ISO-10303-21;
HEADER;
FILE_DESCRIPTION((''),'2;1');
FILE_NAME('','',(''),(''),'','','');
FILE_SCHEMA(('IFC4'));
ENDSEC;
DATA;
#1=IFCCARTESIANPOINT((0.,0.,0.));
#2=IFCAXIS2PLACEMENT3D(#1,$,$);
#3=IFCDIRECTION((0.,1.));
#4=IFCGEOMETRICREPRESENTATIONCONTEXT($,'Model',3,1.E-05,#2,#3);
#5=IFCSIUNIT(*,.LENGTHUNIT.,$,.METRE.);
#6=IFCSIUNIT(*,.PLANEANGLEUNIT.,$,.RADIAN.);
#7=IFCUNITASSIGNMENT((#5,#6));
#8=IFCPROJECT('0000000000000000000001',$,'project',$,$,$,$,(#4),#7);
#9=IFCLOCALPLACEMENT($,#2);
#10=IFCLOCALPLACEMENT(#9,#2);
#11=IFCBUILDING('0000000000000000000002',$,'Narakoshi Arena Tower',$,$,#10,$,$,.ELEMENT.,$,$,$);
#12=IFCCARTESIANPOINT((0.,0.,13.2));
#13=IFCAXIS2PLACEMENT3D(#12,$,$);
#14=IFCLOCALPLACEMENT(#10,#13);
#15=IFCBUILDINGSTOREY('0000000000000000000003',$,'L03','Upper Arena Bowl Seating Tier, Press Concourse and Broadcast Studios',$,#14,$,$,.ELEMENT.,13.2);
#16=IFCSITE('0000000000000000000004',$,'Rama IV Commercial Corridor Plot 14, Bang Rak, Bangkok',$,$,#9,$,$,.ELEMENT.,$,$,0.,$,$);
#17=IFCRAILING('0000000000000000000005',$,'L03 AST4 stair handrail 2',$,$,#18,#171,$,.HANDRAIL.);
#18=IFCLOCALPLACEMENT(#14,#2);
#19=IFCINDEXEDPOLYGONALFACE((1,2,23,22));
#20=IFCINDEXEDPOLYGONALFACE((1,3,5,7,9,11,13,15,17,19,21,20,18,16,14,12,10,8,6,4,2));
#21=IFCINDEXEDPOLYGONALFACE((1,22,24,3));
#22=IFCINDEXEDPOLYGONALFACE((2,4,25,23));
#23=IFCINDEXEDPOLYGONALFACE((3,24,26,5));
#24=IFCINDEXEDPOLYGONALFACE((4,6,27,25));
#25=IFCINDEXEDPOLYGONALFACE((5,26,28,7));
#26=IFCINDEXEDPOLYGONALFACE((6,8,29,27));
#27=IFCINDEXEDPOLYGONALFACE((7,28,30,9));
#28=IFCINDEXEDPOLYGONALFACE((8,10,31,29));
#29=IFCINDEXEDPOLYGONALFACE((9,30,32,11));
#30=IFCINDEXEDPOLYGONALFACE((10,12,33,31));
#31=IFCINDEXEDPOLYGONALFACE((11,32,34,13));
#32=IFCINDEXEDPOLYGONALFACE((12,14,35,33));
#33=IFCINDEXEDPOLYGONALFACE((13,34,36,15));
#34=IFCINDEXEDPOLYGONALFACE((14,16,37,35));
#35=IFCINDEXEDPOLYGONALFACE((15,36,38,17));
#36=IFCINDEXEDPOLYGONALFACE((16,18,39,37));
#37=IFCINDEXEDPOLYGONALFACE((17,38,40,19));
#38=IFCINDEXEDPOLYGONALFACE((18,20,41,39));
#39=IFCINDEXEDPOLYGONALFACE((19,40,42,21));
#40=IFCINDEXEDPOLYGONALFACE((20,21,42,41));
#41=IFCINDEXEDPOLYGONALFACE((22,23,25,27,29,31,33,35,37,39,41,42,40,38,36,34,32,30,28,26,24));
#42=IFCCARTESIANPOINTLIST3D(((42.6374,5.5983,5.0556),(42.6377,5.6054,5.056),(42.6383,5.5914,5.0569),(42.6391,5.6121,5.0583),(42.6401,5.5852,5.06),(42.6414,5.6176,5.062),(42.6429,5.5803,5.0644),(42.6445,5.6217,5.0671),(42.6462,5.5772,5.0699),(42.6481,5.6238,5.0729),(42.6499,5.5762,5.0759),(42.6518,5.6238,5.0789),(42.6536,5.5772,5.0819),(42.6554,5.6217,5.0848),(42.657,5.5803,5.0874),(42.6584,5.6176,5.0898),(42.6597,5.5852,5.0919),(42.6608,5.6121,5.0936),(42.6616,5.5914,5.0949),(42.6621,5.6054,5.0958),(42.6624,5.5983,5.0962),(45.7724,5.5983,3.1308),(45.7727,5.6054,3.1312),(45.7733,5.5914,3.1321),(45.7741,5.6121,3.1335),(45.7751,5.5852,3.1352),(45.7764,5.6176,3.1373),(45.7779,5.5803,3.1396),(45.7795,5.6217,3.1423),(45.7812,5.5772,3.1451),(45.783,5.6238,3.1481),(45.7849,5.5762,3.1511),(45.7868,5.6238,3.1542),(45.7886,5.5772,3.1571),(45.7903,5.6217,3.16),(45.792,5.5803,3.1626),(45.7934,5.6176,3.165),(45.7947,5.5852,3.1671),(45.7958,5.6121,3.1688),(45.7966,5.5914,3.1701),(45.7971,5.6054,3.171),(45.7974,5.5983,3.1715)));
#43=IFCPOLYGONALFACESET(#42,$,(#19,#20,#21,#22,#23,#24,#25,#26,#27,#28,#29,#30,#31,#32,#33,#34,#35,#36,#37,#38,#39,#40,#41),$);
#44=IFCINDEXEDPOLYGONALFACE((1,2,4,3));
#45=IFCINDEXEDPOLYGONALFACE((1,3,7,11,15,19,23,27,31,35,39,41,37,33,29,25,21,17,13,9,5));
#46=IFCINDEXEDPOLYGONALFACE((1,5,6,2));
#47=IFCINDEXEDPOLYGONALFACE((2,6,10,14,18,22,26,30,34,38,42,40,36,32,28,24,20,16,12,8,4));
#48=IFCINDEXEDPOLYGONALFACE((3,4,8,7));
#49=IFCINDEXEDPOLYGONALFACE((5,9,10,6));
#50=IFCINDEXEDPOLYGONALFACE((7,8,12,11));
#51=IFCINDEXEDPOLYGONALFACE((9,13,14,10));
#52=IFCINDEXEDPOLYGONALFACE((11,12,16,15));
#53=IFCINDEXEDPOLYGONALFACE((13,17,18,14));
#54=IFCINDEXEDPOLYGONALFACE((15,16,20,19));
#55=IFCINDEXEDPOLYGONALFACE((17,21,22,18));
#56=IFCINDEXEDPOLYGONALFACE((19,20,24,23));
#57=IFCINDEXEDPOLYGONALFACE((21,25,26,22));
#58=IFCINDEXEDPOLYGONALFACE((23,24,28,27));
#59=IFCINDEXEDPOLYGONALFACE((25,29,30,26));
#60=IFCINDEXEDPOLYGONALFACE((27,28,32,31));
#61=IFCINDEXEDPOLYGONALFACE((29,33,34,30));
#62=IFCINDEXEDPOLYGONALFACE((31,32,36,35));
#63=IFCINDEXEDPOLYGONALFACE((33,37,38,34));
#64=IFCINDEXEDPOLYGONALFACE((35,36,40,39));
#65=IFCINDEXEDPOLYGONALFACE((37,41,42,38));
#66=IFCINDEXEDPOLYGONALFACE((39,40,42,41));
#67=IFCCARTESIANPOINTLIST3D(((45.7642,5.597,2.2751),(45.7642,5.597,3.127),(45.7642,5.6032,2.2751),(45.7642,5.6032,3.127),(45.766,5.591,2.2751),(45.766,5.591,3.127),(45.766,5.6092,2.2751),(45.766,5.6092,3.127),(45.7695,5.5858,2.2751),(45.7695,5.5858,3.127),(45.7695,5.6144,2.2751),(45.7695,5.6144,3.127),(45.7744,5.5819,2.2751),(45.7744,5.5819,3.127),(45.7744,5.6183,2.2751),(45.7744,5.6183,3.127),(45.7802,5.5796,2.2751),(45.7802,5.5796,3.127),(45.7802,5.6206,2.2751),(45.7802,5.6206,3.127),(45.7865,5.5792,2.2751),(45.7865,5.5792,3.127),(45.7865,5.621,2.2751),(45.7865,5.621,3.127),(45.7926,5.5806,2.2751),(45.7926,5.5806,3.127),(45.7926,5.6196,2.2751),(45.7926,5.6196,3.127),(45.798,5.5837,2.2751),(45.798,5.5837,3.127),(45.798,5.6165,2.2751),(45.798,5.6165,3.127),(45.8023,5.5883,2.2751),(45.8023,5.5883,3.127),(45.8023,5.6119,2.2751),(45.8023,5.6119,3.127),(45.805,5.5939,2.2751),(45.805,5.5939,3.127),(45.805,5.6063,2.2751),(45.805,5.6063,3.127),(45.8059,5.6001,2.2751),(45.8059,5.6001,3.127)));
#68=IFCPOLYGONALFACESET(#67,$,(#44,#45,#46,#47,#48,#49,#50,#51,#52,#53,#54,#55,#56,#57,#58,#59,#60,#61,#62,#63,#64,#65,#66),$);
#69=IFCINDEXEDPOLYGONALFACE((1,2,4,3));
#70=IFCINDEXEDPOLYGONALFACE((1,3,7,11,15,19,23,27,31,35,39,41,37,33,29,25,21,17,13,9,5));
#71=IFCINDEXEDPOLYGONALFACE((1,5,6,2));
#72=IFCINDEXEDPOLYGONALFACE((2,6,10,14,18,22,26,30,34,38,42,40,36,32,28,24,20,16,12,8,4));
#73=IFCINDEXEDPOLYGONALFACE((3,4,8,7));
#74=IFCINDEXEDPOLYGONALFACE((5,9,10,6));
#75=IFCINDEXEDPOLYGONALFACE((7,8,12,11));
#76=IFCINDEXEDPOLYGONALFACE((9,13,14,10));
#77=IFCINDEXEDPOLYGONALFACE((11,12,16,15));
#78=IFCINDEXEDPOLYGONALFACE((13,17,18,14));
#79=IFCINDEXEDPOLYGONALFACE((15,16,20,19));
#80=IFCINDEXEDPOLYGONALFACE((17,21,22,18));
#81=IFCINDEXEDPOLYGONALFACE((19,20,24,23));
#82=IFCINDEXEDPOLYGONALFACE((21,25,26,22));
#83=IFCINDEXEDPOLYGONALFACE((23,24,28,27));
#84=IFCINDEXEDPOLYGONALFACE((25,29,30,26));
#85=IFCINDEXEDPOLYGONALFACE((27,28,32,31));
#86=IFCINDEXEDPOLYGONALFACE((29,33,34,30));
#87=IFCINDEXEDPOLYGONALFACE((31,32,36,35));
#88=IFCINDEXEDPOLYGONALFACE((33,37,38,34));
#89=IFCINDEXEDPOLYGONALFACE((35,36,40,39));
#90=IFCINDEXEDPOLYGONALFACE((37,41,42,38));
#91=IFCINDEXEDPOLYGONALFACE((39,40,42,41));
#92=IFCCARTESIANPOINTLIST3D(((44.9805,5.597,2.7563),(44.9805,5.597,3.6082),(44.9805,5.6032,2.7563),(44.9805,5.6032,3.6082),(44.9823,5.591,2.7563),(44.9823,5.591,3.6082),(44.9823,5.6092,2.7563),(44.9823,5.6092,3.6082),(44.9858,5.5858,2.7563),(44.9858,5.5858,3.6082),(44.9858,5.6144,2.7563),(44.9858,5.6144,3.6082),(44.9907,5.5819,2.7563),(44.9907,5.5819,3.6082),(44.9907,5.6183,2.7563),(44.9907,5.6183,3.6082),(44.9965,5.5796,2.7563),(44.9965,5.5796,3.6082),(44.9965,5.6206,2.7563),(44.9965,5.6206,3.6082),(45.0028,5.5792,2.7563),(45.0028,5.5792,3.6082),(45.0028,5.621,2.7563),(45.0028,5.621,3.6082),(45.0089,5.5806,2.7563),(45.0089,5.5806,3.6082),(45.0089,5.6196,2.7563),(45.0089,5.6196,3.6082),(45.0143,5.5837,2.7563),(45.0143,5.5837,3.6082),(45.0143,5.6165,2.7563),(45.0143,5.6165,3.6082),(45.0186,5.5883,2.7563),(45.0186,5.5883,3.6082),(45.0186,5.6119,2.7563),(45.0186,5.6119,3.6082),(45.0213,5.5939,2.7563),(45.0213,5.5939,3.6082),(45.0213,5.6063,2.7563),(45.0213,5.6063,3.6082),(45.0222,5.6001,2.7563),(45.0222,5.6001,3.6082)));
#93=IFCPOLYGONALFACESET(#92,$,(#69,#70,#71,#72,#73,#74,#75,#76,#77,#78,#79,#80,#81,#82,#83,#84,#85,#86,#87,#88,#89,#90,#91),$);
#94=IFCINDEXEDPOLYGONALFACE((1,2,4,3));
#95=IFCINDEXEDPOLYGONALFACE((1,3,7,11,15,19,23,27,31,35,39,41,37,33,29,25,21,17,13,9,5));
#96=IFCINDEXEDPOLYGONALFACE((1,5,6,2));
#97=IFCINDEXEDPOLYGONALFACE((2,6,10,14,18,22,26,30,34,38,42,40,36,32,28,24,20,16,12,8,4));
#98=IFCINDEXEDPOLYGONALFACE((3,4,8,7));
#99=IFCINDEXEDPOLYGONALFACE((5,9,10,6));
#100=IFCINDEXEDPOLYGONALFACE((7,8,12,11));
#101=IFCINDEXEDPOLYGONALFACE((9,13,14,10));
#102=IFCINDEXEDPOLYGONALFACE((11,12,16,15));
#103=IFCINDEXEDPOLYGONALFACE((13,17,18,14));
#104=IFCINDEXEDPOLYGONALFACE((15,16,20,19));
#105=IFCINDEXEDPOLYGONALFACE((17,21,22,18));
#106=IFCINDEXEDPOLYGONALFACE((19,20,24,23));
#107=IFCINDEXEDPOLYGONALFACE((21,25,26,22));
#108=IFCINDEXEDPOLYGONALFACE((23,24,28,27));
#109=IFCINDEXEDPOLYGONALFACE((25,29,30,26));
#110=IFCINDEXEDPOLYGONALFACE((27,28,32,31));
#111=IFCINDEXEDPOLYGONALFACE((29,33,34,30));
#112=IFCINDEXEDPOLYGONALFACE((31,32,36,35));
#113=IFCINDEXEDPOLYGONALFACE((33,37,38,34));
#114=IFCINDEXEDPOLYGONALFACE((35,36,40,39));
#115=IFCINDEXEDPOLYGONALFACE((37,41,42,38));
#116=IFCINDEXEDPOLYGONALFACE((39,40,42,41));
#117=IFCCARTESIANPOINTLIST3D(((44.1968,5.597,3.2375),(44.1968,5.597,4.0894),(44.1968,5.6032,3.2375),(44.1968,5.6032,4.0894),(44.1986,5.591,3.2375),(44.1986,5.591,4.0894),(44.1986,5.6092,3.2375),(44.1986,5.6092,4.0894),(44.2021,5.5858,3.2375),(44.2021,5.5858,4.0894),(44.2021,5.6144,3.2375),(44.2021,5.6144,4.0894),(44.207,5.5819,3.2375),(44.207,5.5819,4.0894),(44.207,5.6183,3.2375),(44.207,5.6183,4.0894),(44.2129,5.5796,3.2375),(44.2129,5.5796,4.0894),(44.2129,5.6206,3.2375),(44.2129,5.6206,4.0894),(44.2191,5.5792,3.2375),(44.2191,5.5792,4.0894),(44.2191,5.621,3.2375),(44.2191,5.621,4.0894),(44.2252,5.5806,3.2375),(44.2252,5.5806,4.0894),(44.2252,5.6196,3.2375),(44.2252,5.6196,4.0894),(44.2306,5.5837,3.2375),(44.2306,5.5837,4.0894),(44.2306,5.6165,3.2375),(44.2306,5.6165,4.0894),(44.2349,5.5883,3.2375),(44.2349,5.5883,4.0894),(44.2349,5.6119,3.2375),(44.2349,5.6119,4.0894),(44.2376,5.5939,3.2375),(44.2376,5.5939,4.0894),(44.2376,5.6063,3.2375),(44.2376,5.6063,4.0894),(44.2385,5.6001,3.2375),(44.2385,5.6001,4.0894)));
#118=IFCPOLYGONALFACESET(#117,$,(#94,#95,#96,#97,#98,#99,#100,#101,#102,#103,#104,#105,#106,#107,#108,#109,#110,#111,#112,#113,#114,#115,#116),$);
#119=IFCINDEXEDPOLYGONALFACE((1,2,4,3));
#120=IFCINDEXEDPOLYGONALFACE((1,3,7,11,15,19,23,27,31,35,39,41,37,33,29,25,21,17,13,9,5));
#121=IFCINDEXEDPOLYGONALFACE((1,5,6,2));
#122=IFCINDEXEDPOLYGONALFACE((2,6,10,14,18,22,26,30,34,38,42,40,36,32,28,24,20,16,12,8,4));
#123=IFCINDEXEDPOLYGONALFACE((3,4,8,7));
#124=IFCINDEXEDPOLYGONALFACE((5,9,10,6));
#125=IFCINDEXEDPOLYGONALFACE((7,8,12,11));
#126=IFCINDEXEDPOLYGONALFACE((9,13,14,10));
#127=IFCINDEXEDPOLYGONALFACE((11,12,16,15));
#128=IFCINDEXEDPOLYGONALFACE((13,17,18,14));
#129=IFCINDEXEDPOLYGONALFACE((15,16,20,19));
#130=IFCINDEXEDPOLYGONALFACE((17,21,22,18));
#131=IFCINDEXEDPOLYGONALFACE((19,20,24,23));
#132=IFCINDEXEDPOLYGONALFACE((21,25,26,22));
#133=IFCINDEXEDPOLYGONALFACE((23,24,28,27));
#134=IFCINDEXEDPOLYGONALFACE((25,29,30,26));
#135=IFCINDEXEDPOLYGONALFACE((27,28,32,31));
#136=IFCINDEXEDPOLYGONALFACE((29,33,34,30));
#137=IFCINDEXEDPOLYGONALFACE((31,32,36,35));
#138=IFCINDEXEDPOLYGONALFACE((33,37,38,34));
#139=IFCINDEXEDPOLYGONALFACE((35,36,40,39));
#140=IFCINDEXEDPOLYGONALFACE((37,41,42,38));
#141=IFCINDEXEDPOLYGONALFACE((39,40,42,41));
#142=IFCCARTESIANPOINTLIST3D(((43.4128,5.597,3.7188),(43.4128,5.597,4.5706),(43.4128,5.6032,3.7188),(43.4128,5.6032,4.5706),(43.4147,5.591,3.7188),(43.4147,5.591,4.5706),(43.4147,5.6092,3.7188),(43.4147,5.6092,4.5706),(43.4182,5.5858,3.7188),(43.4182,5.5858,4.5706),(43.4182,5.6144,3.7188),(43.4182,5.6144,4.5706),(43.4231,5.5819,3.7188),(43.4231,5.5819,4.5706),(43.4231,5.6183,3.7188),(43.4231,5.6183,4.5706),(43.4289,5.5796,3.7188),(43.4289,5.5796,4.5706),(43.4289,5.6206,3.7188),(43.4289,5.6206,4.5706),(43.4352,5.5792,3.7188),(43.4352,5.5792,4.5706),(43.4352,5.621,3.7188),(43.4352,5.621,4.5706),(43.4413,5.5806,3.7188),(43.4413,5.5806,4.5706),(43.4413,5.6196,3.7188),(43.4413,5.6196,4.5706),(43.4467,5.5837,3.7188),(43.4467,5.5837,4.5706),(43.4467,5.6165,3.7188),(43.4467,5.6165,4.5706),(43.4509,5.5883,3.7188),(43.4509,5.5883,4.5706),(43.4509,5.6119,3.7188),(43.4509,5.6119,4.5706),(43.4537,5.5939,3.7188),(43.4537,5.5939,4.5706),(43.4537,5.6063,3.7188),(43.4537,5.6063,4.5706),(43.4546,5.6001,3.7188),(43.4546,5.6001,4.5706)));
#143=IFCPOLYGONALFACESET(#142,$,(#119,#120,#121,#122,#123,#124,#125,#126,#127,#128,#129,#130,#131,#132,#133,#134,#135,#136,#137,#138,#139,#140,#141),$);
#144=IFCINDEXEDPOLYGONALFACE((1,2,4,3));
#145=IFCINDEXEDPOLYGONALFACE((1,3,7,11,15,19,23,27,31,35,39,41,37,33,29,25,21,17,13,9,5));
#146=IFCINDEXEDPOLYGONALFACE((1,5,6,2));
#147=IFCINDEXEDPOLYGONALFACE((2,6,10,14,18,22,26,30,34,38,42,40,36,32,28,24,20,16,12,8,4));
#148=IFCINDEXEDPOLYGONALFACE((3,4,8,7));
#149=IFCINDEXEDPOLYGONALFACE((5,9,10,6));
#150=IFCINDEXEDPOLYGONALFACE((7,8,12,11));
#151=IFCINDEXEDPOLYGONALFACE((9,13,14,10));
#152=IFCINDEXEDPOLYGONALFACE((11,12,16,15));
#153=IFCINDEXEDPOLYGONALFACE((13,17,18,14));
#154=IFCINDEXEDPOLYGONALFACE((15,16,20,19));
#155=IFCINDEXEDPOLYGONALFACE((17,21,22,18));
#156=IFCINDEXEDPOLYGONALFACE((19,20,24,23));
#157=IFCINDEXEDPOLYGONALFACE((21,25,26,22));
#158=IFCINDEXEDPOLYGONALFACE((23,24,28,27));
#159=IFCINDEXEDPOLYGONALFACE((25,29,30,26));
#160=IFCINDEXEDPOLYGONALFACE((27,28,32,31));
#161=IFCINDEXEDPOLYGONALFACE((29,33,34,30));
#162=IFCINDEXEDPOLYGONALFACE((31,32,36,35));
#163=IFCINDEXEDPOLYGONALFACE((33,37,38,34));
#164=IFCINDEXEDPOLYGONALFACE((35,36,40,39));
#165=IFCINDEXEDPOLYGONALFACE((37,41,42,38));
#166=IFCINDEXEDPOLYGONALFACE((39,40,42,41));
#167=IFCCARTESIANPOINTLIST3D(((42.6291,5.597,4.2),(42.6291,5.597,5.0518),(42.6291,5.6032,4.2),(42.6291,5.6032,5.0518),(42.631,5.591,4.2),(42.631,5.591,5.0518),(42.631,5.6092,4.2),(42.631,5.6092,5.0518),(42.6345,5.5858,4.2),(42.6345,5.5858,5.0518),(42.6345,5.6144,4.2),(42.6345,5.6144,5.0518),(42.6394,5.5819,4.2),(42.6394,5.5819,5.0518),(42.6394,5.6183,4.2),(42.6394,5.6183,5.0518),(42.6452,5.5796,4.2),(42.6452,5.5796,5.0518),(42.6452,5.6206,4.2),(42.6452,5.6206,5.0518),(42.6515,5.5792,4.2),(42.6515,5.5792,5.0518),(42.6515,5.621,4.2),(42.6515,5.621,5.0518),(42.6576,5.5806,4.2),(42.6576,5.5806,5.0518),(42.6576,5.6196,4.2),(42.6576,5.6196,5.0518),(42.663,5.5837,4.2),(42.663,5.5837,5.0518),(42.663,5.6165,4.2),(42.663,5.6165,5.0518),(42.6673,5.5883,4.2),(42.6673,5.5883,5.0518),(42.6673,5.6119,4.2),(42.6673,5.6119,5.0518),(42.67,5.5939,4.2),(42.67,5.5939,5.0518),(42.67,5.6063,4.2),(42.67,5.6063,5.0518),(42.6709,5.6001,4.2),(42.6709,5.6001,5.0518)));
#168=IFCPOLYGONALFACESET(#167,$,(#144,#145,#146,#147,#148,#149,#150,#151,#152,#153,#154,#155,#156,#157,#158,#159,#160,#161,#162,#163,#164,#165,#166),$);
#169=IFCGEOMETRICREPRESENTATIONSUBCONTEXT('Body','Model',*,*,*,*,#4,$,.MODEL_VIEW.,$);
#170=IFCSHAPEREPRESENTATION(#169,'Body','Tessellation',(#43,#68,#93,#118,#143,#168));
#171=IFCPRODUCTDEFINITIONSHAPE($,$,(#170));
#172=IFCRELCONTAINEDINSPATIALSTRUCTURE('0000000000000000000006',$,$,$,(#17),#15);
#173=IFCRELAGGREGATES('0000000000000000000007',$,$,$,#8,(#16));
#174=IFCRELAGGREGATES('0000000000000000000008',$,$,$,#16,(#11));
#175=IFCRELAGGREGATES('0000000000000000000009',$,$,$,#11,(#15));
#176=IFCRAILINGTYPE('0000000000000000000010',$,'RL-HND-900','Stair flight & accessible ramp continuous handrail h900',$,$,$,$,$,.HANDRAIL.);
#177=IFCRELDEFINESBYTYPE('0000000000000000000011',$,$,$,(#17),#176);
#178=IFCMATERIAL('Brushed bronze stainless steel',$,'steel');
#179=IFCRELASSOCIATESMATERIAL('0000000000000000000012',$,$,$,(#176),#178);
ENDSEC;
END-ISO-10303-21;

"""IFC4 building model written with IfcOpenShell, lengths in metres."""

from ifc_helpers import new_model, si_unit, direction, frame, origin, origin_2d, place, context, subcontext, project, spatial, circle, extrude, material, type_object, element, save


model = new_model("IFC4")

# Units and contexts
model_context = context("Model", 3, precision=1e-05, world=origin(), true_north=direction((0.0, 1.0)))
body_context = subcontext(model_context, "Body", "Model", "MODEL_VIEW")
ifc_project = project(units=[si_unit("LENGTHUNIT", "METRE"), si_unit("PLANEANGLEUNIT", "RADIAN")], contexts=[model_context])

# Site, building, storey
site_placement = place(None, origin())
site = spatial("IfcSite", under=ifc_project, at=site_placement, Name="Rama IV Commercial Corridor Plot 14, Bang Rak, Bangkok", CompositionType="ELEMENT", RefElevation=0.0)
building_placement = place(site_placement, origin())
building = spatial("IfcBuilding", under=site, at=building_placement, Name="Narakoshi Arena Tower", CompositionType="ELEMENT")
storey_placement = place(building_placement, frame((0.0, 0.0, 13.2)))
storey = spatial("IfcBuildingStorey", under=building, at=storey_placement, Name="L03", Description="Upper Arena Bowl Seating Tier, Press Concourse and Broadcast Studios", CompositionType="ELEMENT", Elevation=13.2)

# Railing
ifc_material_1 = material(Name="Brushed bronze stainless steel", Category="steel")
railing_type_1 = type_object("IfcRailingType", Name="RL-HND-900", Description="Stair flight & accessible ramp continuous handrail h900", PredefinedType="HANDRAIL", material=ifc_material_1)
railing_1_placement = place(storey_placement, frame((45.7849, 5.6001, 2.2751)))
element("IfcRailing", 1, at=railing_1_placement, inside=storey, type_object=railing_type_1, Name="L03 AST4 stair handrail 2", PredefinedType="HANDRAIL", context=body_context, shape_type="SweptSolid", body=[
    extrude(circle(Radius=0.0239, at=origin_2d()), frame((0.0, 0.0, 0.876), z_axis=(-0.852196, 0.0, 0.523223), x_axis=(0.0, -1.0, 0.0)), (0.0, 0.0, 1.0), 3.6787),
    extrude(circle(Radius=0.021, at=origin_2d()), origin(), (0.0, 0.0, 1.0), 0.8518),
    extrude(circle(Radius=0.021, at=origin_2d()), frame((-0.7837, 0.0, 0.4812)), (0.0, 0.0, 1.0), 0.8518),
    extrude(circle(Radius=0.021, at=origin_2d()), frame((-1.5674, 0.0, 0.9624)), (0.0, 0.0, 1.0), 0.8518),
    extrude(circle(Radius=0.021, at=origin_2d()), frame((-2.3513, 0.0, 1.4436)), (0.0, 0.0, 1.0), 0.8518),
    extrude(circle(Radius=0.021, at=origin_2d()), frame((-3.135, 0.0, 1.9248)), (0.0, 0.0, 1.0), 0.8518),
])

save(model, "model.ifc")
